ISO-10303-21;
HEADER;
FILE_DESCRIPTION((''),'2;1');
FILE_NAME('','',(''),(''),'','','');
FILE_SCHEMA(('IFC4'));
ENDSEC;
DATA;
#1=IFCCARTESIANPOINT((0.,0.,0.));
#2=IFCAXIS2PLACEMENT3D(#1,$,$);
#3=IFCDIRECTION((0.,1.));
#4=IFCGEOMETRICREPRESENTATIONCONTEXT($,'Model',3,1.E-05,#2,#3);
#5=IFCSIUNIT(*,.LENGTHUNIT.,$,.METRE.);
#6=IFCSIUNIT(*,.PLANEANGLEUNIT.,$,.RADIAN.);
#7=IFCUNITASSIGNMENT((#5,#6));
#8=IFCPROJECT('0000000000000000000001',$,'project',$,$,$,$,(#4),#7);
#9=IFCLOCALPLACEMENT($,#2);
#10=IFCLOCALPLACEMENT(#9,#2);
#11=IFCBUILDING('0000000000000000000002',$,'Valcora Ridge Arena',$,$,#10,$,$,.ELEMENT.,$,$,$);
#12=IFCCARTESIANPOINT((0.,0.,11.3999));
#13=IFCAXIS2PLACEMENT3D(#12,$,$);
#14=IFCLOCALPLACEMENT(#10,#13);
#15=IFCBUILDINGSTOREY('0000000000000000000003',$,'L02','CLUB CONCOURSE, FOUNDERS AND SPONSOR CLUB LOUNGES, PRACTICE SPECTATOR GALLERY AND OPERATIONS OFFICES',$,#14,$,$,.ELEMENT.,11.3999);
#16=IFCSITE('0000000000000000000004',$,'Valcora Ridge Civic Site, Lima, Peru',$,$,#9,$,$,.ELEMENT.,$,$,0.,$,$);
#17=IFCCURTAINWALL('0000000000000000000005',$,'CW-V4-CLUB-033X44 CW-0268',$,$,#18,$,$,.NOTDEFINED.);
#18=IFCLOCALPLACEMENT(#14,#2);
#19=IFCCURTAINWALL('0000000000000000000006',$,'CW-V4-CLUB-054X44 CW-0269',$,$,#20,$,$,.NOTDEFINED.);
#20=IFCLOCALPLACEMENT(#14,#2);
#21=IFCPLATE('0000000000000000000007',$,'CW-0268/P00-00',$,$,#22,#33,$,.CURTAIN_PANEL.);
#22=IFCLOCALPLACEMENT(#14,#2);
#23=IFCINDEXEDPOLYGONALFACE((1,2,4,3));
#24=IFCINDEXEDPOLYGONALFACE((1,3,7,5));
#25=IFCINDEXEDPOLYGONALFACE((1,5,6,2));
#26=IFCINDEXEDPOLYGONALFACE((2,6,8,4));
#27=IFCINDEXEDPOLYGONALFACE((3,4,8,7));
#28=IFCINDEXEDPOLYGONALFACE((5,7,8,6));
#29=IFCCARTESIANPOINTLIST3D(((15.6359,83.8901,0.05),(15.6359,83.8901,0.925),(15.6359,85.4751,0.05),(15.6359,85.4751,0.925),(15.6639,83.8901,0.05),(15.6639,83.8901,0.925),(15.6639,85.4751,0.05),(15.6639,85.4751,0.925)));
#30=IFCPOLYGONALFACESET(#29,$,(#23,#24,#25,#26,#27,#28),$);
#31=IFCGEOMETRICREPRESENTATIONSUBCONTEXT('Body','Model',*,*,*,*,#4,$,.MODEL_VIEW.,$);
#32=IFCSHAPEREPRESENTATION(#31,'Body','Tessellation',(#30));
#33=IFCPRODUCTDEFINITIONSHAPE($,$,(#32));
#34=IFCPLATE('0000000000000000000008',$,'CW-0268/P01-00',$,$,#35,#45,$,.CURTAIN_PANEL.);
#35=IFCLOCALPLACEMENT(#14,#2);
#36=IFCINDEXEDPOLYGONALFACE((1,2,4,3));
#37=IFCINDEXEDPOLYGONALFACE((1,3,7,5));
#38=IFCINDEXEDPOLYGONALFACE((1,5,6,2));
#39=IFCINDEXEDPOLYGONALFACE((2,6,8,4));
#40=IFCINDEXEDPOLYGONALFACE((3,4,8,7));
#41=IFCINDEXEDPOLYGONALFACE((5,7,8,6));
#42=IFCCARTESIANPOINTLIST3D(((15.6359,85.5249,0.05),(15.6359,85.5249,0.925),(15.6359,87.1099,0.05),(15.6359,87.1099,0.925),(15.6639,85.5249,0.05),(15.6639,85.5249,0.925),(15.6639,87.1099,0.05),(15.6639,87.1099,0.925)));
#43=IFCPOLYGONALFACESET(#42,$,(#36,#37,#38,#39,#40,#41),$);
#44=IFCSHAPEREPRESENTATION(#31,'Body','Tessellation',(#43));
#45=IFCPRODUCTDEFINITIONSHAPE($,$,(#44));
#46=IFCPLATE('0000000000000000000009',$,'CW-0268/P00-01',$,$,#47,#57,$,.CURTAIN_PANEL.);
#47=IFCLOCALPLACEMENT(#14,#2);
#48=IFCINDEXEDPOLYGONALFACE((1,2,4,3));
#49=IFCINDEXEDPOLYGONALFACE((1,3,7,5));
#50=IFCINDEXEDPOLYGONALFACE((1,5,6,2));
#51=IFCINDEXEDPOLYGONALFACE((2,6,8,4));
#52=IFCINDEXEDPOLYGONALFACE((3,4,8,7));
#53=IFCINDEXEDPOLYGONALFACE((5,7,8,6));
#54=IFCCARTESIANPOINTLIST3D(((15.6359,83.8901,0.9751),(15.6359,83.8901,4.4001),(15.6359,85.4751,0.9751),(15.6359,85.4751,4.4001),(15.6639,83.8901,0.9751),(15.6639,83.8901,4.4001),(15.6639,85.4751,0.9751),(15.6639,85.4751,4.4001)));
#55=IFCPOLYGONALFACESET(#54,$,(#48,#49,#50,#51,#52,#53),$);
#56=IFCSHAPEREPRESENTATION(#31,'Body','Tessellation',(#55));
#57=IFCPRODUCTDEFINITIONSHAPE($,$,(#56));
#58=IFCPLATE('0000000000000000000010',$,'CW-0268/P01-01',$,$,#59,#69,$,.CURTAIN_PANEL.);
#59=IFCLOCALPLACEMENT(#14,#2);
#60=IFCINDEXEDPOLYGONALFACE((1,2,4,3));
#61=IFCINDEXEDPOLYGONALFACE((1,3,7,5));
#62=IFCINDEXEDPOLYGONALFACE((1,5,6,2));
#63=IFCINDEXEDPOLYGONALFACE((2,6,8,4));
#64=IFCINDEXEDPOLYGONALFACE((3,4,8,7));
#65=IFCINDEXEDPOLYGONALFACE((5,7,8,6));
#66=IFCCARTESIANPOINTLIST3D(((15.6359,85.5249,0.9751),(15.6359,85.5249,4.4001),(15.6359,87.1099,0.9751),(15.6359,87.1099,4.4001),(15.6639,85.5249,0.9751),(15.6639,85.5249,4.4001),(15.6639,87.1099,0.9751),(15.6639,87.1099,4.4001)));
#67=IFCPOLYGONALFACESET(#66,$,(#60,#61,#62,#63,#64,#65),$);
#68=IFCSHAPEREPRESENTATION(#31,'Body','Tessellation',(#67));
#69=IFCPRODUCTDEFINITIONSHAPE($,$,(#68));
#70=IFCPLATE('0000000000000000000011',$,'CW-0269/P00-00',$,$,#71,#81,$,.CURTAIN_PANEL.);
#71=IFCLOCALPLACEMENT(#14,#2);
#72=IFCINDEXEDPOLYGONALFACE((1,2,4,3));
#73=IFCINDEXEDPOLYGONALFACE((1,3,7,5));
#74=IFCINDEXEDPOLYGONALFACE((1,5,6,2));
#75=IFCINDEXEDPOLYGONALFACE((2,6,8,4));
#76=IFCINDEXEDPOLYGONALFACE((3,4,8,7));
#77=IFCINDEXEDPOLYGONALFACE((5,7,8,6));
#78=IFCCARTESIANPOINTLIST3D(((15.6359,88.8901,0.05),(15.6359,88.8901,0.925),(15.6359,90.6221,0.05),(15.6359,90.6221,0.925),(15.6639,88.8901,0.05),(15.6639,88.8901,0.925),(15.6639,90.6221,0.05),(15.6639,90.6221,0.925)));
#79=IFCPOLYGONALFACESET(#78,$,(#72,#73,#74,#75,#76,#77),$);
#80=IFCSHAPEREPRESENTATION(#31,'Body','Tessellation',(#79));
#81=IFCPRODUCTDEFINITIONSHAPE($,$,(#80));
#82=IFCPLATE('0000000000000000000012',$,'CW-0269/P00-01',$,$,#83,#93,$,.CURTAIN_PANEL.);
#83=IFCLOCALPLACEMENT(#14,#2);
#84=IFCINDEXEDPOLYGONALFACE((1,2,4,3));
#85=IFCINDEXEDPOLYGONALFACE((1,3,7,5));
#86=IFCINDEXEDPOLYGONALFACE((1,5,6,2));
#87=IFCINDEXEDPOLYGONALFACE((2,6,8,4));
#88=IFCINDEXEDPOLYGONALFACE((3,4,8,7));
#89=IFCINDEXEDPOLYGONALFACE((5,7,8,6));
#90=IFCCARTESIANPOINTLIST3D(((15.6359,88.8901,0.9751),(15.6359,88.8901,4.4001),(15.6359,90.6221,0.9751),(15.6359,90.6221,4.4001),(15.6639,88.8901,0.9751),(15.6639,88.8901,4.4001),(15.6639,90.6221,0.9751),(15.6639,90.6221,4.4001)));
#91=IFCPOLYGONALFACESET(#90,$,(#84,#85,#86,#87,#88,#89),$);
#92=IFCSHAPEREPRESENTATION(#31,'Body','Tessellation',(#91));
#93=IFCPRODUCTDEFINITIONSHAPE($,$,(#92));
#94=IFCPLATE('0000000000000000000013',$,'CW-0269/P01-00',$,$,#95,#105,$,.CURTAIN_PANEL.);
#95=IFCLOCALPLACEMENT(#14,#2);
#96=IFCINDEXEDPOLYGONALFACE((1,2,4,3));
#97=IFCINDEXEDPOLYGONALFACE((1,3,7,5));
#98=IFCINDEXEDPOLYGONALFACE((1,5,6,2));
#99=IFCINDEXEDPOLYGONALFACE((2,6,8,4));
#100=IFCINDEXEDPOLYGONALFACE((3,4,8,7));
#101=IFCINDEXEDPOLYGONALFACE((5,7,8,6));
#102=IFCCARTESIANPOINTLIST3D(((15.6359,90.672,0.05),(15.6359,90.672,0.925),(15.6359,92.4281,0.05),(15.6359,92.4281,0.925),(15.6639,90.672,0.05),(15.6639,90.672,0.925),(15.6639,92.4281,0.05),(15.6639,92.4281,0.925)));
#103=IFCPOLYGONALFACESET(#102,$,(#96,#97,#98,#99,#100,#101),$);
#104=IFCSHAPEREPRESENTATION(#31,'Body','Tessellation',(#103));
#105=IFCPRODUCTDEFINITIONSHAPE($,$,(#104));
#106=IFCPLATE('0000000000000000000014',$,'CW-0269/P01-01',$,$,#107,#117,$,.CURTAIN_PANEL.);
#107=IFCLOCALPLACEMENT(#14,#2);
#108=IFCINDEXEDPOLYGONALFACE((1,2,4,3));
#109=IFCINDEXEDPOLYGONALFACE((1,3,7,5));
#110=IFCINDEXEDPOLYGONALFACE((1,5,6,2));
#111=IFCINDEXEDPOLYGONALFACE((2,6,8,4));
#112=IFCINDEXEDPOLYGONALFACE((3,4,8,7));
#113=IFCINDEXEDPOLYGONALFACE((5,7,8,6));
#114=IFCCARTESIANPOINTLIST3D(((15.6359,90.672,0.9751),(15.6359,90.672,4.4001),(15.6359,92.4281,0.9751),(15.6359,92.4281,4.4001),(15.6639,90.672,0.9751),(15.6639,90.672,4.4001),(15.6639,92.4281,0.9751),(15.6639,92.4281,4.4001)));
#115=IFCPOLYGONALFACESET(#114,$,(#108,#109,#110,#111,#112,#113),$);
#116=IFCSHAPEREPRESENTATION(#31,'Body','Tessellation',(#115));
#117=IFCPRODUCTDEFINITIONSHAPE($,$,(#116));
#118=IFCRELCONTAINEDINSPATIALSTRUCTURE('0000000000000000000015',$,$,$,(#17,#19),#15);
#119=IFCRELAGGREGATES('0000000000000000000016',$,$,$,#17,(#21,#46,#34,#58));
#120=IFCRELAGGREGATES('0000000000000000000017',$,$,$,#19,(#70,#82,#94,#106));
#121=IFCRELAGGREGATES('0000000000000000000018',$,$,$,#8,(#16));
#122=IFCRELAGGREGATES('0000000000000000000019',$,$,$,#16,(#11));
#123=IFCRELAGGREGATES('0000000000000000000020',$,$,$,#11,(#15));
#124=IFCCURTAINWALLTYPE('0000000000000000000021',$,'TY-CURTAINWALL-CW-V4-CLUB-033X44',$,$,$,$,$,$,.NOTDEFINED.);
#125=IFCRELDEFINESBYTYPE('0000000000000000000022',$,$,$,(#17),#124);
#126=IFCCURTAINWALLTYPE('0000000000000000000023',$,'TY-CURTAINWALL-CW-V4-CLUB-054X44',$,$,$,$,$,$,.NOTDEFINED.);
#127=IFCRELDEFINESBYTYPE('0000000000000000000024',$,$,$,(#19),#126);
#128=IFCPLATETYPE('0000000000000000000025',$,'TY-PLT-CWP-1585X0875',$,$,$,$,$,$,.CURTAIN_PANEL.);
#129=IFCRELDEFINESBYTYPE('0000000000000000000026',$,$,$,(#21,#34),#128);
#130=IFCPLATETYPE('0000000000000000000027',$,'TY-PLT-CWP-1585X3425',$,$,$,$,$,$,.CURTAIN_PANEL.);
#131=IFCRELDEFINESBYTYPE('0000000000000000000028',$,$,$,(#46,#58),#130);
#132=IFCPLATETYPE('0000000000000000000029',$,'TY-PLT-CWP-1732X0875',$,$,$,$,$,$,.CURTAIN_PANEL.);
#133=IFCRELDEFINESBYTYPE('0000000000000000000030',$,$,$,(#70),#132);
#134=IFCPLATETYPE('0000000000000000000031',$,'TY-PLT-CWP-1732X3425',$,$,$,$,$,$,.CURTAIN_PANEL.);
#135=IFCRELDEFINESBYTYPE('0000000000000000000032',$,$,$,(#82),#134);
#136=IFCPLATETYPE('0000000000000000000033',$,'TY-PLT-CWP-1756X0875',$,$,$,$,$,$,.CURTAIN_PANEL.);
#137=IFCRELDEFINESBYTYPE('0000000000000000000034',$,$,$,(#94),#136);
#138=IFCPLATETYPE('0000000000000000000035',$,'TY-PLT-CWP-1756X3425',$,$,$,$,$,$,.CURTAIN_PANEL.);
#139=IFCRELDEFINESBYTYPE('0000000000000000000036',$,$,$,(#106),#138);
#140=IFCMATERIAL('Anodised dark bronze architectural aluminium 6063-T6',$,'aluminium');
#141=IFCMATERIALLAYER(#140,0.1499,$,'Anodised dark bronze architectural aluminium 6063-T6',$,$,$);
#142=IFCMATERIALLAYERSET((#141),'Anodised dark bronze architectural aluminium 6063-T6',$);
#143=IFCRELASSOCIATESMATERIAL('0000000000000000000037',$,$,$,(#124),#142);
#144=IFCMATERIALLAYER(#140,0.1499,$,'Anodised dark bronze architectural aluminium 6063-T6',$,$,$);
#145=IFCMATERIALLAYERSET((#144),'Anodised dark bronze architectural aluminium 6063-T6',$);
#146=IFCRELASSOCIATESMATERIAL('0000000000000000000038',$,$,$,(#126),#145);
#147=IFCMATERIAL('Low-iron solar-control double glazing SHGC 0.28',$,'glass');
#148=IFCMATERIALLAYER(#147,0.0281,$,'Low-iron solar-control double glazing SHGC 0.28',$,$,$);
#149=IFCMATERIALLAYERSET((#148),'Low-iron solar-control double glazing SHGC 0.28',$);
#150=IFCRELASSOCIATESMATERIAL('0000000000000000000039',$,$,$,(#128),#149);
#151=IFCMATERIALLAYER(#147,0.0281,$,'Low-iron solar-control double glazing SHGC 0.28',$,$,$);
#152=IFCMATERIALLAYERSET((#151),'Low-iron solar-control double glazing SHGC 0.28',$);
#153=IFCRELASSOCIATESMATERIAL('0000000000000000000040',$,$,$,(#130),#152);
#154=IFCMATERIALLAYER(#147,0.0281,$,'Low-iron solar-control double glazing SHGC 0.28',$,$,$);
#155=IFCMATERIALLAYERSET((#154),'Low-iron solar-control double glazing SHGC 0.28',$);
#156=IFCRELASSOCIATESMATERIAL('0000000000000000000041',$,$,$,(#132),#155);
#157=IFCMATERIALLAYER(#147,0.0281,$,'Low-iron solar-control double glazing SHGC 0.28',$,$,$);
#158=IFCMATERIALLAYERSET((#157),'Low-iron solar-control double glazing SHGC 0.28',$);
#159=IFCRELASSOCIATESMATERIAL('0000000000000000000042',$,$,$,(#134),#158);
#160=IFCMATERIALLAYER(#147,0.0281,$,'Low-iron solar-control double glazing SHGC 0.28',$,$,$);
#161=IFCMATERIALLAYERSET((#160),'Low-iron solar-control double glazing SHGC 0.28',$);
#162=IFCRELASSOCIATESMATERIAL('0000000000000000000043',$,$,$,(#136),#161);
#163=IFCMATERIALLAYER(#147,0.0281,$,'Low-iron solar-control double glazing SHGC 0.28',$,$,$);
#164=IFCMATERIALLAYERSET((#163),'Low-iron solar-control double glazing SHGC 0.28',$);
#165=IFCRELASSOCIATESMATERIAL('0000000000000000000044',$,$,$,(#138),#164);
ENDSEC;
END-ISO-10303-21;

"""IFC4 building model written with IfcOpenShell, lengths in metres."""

from ifc_helpers import new_model, si_unit, direction, frame, origin, origin_2d, place, context, subcontext, project, spatial, rectangle, extrude, material, layer, layer_set, type_object, element, aggregate, save


model = new_model("IFC4")

# Units and contexts
model_context = context("Model", 3, precision=1e-05, world=origin(), true_north=direction((0.0, 1.0)))
body_context = subcontext(model_context, "Body", "Model", "MODEL_VIEW")
ifc_project = project(units=[si_unit("LENGTHUNIT", "METRE"), si_unit("PLANEANGLEUNIT", "RADIAN")], contexts=[model_context])

# Site, building, storey
site_placement = place(None, origin())
site = spatial("IfcSite", under=ifc_project, at=site_placement, Name="Valcora Ridge Civic Site, Lima, Peru", CompositionType="ELEMENT", RefElevation=0.0)
building_placement = place(site_placement, origin())
building = spatial("IfcBuilding", under=site, at=building_placement, Name="Valcora Ridge Arena", CompositionType="ELEMENT")
storey_placement = place(building_placement, frame((0.0, 0.0, 11.3999)))
storey = spatial("IfcBuildingStorey", under=building, at=storey_placement, Name="L02", Description="CLUB CONCOURSE, FOUNDERS AND SPONSOR CLUB LOUNGES, PRACTICE SPECTATOR GALLERY AND OPERATIONS OFFICES", CompositionType="ELEMENT", Elevation=11.3999)

# Shared definitions
ifc_material_1 = material(Name="Anodised dark bronze architectural aluminium 6063-T6", Category="aluminium")

# Curtain walls
ifc_layer_1 = layer(ifc_material_1, 0.1499, Name="Anodised dark bronze architectural aluminium 6063-T6")
ifc_layer_set_1 = layer_set([ifc_layer_1], Name="Anodised dark bronze architectural aluminium 6063-T6")
curtain_wall_type_1 = type_object("IfcCurtainWallType", Name="TY-CURTAINWALL-CW-V4-CLUB-033X44", PredefinedType="NOTDEFINED", material=ifc_layer_set_1)
curtain_wall_1_placement = place(storey_placement, origin())
curtain_wall_1 = element("IfcCurtainWall", 1, at=curtain_wall_1_placement, inside=storey, type_object=curtain_wall_type_1, Name="CW-V4-CLUB-033X44 CW-0268", PredefinedType="NOTDEFINED")
ifc_layer_2 = layer(ifc_material_1, 0.1499, Name="Anodised dark bronze architectural aluminium 6063-T6")
ifc_layer_set_2 = layer_set([ifc_layer_2], Name="Anodised dark bronze architectural aluminium 6063-T6")
curtain_wall_type_2 = type_object("IfcCurtainWallType", Name="TY-CURTAINWALL-CW-V4-CLUB-054X44", PredefinedType="NOTDEFINED", material=ifc_layer_set_2)
curtain_wall_2_placement = place(storey_placement, origin())
curtain_wall_2 = element("IfcCurtainWall", 2, at=curtain_wall_2_placement, inside=storey, type_object=curtain_wall_type_2, Name="CW-V4-CLUB-054X44 CW-0269", PredefinedType="NOTDEFINED")

# Plates
ifc_material_2 = material(Name="Low-iron solar-control double glazing SHGC 0.28", Category="glass")
ifc_layer_3 = layer(ifc_material_2, 0.0281, Name="Low-iron solar-control double glazing SHGC 0.28")
ifc_layer_set_3 = layer_set([ifc_layer_3], Name="Low-iron solar-control double glazing SHGC 0.28")
plate_type_1 = type_object("IfcPlateType", Name="TY-PLT-CWP-1585X0875", PredefinedType="CURTAIN_PANEL", material=ifc_layer_set_3)
plate_1_placement = place(storey_placement, frame((15.6499, 84.6826, 0.05), z_axis=(0.0, 0.0, 1.0), x_axis=(0.0, 1.0, 0.0)))
plate_1 = element("IfcPlate", 3, at=plate_1_placement, type_object=plate_type_1, Name="CW-0268/P00-00", PredefinedType="CURTAIN_PANEL", context=body_context, shape_type="SweptSolid", body=[
    extrude(rectangle(XDim=1.585, YDim=0.0281, at=origin_2d()), origin(), (0.0, 0.0, 1.0), 0.875),
])
plate_2_placement = place(storey_placement, frame((15.6499, 86.3174, 0.05), z_axis=(0.0, 0.0, 1.0), x_axis=(0.0, 1.0, 0.0)))
plate_2 = element("IfcPlate", 4, at=plate_2_placement, type_object=plate_type_1, Name="CW-0268/P01-00", PredefinedType="CURTAIN_PANEL", context=body_context, shape_type="SweptSolid", body=[
    extrude(rectangle(XDim=1.585, YDim=0.0281, at=origin_2d()), origin(), (0.0, 0.0, 1.0), 0.875),
])
ifc_layer_4 = layer(ifc_material_2, 0.0281, Name="Low-iron solar-control double glazing SHGC 0.28")
ifc_layer_set_4 = layer_set([ifc_layer_4], Name="Low-iron solar-control double glazing SHGC 0.28")
plate_type_2 = type_object("IfcPlateType", Name="TY-PLT-CWP-1585X3425", PredefinedType="CURTAIN_PANEL", material=ifc_layer_set_4)
plate_3_placement = place(storey_placement, frame((15.6499, 84.6826, 0.9751), z_axis=(0.0, 0.0, 1.0), x_axis=(0.0, 1.0, 0.0)))
plate_3 = element("IfcPlate", 5, at=plate_3_placement, type_object=plate_type_2, Name="CW-0268/P00-01", PredefinedType="CURTAIN_PANEL", context=body_context, shape_type="SweptSolid", body=[
    extrude(rectangle(XDim=1.585, YDim=0.0281, at=origin_2d()), origin(), (0.0, 0.0, 1.0), 3.425),
])
plate_4_placement = place(storey_placement, frame((15.6499, 86.3174, 0.9751), z_axis=(0.0, 0.0, 1.0), x_axis=(0.0, 1.0, 0.0)))
plate_4 = element("IfcPlate", 6, at=plate_4_placement, type_object=plate_type_2, Name="CW-0268/P01-01", PredefinedType="CURTAIN_PANEL", context=body_context, shape_type="SweptSolid", body=[
    extrude(rectangle(XDim=1.585, YDim=0.0281, at=origin_2d()), origin(), (0.0, 0.0, 1.0), 3.425),
])
aggregate(curtain_wall_1, [plate_1, plate_3, plate_2, plate_4])
ifc_layer_5 = layer(ifc_material_2, 0.0281, Name="Low-iron solar-control double glazing SHGC 0.28")
ifc_layer_set_5 = layer_set([ifc_layer_5], Name="Low-iron solar-control double glazing SHGC 0.28")
plate_type_3 = type_object("IfcPlateType", Name="TY-PLT-CWP-1732X0875", PredefinedType="CURTAIN_PANEL", material=ifc_layer_set_5)
plate_5_placement = place(storey_placement, frame((15.6499, 89.7561, 0.05), z_axis=(0.0, 0.0, 1.0), x_axis=(0.0, 1.0, 0.0)))
plate_5 = element("IfcPlate", 7, at=plate_5_placement, type_object=plate_type_3, Name="CW-0269/P00-00", PredefinedType="CURTAIN_PANEL", context=body_context, shape_type="SweptSolid", body=[
    extrude(rectangle(XDim=1.7319, YDim=0.0281, at=origin_2d()), origin(), (0.0, 0.0, 1.0), 0.875),
])
ifc_layer_6 = layer(ifc_material_2, 0.0281, Name="Low-iron solar-control double glazing SHGC 0.28")
ifc_layer_set_6 = layer_set([ifc_layer_6], Name="Low-iron solar-control double glazing SHGC 0.28")
plate_type_4 = type_object("IfcPlateType", Name="TY-PLT-CWP-1732X3425", PredefinedType="CURTAIN_PANEL", material=ifc_layer_set_6)
plate_6_placement = place(storey_placement, frame((15.6499, 89.7561, 0.9751), z_axis=(0.0, 0.0, 1.0), x_axis=(0.0, 1.0, 0.0)))
plate_6 = element("IfcPlate", 8, at=plate_6_placement, type_object=plate_type_4, Name="CW-0269/P00-01", PredefinedType="CURTAIN_PANEL", context=body_context, shape_type="SweptSolid", body=[
    extrude(rectangle(XDim=1.7319, YDim=0.0281, at=origin_2d()), origin(), (0.0, 0.0, 1.0), 3.425),
])
ifc_layer_7 = layer(ifc_material_2, 0.0281, Name="Low-iron solar-control double glazing SHGC 0.28")
ifc_layer_set_7 = layer_set([ifc_layer_7], Name="Low-iron solar-control double glazing SHGC 0.28")
plate_type_5 = type_object("IfcPlateType", Name="TY-PLT-CWP-1756X0875", PredefinedType="CURTAIN_PANEL", material=ifc_layer_set_7)
plate_7_placement = place(storey_placement, frame((15.6499, 91.55, 0.05), z_axis=(0.0, 0.0, 1.0), x_axis=(0.0, 1.0, 0.0)))
plate_7 = element("IfcPlate", 9, at=plate_7_placement, type_object=plate_type_5, Name="CW-0269/P01-00", PredefinedType="CURTAIN_PANEL", context=body_context, shape_type="SweptSolid", body=[
    extrude(rectangle(XDim=1.7561, YDim=0.0281, at=origin_2d()), origin(), (0.0, 0.0, 1.0), 0.875),
])
ifc_layer_8 = layer(ifc_material_2, 0.0281, Name="Low-iron solar-control double glazing SHGC 0.28")
ifc_layer_set_8 = layer_set([ifc_layer_8], Name="Low-iron solar-control double glazing SHGC 0.28")
plate_type_6 = type_object("IfcPlateType", Name="TY-PLT-CWP-1756X3425", PredefinedType="CURTAIN_PANEL", material=ifc_layer_set_8)
plate_8_placement = place(storey_placement, frame((15.6499, 91.55, 0.9751), z_axis=(0.0, 0.0, 1.0), x_axis=(0.0, 1.0, 0.0)))
plate_8 = element("IfcPlate", 10, at=plate_8_placement, type_object=plate_type_6, Name="CW-0269/P01-01", PredefinedType="CURTAIN_PANEL", context=body_context, shape_type="SweptSolid", body=[
    extrude(rectangle(XDim=1.7561, YDim=0.0281, at=origin_2d()), origin(), (0.0, 0.0, 1.0), 3.425),
])
aggregate(curtain_wall_2, [plate_5, plate_6, plate_7, plate_8])

save(model, "model.ifc")
